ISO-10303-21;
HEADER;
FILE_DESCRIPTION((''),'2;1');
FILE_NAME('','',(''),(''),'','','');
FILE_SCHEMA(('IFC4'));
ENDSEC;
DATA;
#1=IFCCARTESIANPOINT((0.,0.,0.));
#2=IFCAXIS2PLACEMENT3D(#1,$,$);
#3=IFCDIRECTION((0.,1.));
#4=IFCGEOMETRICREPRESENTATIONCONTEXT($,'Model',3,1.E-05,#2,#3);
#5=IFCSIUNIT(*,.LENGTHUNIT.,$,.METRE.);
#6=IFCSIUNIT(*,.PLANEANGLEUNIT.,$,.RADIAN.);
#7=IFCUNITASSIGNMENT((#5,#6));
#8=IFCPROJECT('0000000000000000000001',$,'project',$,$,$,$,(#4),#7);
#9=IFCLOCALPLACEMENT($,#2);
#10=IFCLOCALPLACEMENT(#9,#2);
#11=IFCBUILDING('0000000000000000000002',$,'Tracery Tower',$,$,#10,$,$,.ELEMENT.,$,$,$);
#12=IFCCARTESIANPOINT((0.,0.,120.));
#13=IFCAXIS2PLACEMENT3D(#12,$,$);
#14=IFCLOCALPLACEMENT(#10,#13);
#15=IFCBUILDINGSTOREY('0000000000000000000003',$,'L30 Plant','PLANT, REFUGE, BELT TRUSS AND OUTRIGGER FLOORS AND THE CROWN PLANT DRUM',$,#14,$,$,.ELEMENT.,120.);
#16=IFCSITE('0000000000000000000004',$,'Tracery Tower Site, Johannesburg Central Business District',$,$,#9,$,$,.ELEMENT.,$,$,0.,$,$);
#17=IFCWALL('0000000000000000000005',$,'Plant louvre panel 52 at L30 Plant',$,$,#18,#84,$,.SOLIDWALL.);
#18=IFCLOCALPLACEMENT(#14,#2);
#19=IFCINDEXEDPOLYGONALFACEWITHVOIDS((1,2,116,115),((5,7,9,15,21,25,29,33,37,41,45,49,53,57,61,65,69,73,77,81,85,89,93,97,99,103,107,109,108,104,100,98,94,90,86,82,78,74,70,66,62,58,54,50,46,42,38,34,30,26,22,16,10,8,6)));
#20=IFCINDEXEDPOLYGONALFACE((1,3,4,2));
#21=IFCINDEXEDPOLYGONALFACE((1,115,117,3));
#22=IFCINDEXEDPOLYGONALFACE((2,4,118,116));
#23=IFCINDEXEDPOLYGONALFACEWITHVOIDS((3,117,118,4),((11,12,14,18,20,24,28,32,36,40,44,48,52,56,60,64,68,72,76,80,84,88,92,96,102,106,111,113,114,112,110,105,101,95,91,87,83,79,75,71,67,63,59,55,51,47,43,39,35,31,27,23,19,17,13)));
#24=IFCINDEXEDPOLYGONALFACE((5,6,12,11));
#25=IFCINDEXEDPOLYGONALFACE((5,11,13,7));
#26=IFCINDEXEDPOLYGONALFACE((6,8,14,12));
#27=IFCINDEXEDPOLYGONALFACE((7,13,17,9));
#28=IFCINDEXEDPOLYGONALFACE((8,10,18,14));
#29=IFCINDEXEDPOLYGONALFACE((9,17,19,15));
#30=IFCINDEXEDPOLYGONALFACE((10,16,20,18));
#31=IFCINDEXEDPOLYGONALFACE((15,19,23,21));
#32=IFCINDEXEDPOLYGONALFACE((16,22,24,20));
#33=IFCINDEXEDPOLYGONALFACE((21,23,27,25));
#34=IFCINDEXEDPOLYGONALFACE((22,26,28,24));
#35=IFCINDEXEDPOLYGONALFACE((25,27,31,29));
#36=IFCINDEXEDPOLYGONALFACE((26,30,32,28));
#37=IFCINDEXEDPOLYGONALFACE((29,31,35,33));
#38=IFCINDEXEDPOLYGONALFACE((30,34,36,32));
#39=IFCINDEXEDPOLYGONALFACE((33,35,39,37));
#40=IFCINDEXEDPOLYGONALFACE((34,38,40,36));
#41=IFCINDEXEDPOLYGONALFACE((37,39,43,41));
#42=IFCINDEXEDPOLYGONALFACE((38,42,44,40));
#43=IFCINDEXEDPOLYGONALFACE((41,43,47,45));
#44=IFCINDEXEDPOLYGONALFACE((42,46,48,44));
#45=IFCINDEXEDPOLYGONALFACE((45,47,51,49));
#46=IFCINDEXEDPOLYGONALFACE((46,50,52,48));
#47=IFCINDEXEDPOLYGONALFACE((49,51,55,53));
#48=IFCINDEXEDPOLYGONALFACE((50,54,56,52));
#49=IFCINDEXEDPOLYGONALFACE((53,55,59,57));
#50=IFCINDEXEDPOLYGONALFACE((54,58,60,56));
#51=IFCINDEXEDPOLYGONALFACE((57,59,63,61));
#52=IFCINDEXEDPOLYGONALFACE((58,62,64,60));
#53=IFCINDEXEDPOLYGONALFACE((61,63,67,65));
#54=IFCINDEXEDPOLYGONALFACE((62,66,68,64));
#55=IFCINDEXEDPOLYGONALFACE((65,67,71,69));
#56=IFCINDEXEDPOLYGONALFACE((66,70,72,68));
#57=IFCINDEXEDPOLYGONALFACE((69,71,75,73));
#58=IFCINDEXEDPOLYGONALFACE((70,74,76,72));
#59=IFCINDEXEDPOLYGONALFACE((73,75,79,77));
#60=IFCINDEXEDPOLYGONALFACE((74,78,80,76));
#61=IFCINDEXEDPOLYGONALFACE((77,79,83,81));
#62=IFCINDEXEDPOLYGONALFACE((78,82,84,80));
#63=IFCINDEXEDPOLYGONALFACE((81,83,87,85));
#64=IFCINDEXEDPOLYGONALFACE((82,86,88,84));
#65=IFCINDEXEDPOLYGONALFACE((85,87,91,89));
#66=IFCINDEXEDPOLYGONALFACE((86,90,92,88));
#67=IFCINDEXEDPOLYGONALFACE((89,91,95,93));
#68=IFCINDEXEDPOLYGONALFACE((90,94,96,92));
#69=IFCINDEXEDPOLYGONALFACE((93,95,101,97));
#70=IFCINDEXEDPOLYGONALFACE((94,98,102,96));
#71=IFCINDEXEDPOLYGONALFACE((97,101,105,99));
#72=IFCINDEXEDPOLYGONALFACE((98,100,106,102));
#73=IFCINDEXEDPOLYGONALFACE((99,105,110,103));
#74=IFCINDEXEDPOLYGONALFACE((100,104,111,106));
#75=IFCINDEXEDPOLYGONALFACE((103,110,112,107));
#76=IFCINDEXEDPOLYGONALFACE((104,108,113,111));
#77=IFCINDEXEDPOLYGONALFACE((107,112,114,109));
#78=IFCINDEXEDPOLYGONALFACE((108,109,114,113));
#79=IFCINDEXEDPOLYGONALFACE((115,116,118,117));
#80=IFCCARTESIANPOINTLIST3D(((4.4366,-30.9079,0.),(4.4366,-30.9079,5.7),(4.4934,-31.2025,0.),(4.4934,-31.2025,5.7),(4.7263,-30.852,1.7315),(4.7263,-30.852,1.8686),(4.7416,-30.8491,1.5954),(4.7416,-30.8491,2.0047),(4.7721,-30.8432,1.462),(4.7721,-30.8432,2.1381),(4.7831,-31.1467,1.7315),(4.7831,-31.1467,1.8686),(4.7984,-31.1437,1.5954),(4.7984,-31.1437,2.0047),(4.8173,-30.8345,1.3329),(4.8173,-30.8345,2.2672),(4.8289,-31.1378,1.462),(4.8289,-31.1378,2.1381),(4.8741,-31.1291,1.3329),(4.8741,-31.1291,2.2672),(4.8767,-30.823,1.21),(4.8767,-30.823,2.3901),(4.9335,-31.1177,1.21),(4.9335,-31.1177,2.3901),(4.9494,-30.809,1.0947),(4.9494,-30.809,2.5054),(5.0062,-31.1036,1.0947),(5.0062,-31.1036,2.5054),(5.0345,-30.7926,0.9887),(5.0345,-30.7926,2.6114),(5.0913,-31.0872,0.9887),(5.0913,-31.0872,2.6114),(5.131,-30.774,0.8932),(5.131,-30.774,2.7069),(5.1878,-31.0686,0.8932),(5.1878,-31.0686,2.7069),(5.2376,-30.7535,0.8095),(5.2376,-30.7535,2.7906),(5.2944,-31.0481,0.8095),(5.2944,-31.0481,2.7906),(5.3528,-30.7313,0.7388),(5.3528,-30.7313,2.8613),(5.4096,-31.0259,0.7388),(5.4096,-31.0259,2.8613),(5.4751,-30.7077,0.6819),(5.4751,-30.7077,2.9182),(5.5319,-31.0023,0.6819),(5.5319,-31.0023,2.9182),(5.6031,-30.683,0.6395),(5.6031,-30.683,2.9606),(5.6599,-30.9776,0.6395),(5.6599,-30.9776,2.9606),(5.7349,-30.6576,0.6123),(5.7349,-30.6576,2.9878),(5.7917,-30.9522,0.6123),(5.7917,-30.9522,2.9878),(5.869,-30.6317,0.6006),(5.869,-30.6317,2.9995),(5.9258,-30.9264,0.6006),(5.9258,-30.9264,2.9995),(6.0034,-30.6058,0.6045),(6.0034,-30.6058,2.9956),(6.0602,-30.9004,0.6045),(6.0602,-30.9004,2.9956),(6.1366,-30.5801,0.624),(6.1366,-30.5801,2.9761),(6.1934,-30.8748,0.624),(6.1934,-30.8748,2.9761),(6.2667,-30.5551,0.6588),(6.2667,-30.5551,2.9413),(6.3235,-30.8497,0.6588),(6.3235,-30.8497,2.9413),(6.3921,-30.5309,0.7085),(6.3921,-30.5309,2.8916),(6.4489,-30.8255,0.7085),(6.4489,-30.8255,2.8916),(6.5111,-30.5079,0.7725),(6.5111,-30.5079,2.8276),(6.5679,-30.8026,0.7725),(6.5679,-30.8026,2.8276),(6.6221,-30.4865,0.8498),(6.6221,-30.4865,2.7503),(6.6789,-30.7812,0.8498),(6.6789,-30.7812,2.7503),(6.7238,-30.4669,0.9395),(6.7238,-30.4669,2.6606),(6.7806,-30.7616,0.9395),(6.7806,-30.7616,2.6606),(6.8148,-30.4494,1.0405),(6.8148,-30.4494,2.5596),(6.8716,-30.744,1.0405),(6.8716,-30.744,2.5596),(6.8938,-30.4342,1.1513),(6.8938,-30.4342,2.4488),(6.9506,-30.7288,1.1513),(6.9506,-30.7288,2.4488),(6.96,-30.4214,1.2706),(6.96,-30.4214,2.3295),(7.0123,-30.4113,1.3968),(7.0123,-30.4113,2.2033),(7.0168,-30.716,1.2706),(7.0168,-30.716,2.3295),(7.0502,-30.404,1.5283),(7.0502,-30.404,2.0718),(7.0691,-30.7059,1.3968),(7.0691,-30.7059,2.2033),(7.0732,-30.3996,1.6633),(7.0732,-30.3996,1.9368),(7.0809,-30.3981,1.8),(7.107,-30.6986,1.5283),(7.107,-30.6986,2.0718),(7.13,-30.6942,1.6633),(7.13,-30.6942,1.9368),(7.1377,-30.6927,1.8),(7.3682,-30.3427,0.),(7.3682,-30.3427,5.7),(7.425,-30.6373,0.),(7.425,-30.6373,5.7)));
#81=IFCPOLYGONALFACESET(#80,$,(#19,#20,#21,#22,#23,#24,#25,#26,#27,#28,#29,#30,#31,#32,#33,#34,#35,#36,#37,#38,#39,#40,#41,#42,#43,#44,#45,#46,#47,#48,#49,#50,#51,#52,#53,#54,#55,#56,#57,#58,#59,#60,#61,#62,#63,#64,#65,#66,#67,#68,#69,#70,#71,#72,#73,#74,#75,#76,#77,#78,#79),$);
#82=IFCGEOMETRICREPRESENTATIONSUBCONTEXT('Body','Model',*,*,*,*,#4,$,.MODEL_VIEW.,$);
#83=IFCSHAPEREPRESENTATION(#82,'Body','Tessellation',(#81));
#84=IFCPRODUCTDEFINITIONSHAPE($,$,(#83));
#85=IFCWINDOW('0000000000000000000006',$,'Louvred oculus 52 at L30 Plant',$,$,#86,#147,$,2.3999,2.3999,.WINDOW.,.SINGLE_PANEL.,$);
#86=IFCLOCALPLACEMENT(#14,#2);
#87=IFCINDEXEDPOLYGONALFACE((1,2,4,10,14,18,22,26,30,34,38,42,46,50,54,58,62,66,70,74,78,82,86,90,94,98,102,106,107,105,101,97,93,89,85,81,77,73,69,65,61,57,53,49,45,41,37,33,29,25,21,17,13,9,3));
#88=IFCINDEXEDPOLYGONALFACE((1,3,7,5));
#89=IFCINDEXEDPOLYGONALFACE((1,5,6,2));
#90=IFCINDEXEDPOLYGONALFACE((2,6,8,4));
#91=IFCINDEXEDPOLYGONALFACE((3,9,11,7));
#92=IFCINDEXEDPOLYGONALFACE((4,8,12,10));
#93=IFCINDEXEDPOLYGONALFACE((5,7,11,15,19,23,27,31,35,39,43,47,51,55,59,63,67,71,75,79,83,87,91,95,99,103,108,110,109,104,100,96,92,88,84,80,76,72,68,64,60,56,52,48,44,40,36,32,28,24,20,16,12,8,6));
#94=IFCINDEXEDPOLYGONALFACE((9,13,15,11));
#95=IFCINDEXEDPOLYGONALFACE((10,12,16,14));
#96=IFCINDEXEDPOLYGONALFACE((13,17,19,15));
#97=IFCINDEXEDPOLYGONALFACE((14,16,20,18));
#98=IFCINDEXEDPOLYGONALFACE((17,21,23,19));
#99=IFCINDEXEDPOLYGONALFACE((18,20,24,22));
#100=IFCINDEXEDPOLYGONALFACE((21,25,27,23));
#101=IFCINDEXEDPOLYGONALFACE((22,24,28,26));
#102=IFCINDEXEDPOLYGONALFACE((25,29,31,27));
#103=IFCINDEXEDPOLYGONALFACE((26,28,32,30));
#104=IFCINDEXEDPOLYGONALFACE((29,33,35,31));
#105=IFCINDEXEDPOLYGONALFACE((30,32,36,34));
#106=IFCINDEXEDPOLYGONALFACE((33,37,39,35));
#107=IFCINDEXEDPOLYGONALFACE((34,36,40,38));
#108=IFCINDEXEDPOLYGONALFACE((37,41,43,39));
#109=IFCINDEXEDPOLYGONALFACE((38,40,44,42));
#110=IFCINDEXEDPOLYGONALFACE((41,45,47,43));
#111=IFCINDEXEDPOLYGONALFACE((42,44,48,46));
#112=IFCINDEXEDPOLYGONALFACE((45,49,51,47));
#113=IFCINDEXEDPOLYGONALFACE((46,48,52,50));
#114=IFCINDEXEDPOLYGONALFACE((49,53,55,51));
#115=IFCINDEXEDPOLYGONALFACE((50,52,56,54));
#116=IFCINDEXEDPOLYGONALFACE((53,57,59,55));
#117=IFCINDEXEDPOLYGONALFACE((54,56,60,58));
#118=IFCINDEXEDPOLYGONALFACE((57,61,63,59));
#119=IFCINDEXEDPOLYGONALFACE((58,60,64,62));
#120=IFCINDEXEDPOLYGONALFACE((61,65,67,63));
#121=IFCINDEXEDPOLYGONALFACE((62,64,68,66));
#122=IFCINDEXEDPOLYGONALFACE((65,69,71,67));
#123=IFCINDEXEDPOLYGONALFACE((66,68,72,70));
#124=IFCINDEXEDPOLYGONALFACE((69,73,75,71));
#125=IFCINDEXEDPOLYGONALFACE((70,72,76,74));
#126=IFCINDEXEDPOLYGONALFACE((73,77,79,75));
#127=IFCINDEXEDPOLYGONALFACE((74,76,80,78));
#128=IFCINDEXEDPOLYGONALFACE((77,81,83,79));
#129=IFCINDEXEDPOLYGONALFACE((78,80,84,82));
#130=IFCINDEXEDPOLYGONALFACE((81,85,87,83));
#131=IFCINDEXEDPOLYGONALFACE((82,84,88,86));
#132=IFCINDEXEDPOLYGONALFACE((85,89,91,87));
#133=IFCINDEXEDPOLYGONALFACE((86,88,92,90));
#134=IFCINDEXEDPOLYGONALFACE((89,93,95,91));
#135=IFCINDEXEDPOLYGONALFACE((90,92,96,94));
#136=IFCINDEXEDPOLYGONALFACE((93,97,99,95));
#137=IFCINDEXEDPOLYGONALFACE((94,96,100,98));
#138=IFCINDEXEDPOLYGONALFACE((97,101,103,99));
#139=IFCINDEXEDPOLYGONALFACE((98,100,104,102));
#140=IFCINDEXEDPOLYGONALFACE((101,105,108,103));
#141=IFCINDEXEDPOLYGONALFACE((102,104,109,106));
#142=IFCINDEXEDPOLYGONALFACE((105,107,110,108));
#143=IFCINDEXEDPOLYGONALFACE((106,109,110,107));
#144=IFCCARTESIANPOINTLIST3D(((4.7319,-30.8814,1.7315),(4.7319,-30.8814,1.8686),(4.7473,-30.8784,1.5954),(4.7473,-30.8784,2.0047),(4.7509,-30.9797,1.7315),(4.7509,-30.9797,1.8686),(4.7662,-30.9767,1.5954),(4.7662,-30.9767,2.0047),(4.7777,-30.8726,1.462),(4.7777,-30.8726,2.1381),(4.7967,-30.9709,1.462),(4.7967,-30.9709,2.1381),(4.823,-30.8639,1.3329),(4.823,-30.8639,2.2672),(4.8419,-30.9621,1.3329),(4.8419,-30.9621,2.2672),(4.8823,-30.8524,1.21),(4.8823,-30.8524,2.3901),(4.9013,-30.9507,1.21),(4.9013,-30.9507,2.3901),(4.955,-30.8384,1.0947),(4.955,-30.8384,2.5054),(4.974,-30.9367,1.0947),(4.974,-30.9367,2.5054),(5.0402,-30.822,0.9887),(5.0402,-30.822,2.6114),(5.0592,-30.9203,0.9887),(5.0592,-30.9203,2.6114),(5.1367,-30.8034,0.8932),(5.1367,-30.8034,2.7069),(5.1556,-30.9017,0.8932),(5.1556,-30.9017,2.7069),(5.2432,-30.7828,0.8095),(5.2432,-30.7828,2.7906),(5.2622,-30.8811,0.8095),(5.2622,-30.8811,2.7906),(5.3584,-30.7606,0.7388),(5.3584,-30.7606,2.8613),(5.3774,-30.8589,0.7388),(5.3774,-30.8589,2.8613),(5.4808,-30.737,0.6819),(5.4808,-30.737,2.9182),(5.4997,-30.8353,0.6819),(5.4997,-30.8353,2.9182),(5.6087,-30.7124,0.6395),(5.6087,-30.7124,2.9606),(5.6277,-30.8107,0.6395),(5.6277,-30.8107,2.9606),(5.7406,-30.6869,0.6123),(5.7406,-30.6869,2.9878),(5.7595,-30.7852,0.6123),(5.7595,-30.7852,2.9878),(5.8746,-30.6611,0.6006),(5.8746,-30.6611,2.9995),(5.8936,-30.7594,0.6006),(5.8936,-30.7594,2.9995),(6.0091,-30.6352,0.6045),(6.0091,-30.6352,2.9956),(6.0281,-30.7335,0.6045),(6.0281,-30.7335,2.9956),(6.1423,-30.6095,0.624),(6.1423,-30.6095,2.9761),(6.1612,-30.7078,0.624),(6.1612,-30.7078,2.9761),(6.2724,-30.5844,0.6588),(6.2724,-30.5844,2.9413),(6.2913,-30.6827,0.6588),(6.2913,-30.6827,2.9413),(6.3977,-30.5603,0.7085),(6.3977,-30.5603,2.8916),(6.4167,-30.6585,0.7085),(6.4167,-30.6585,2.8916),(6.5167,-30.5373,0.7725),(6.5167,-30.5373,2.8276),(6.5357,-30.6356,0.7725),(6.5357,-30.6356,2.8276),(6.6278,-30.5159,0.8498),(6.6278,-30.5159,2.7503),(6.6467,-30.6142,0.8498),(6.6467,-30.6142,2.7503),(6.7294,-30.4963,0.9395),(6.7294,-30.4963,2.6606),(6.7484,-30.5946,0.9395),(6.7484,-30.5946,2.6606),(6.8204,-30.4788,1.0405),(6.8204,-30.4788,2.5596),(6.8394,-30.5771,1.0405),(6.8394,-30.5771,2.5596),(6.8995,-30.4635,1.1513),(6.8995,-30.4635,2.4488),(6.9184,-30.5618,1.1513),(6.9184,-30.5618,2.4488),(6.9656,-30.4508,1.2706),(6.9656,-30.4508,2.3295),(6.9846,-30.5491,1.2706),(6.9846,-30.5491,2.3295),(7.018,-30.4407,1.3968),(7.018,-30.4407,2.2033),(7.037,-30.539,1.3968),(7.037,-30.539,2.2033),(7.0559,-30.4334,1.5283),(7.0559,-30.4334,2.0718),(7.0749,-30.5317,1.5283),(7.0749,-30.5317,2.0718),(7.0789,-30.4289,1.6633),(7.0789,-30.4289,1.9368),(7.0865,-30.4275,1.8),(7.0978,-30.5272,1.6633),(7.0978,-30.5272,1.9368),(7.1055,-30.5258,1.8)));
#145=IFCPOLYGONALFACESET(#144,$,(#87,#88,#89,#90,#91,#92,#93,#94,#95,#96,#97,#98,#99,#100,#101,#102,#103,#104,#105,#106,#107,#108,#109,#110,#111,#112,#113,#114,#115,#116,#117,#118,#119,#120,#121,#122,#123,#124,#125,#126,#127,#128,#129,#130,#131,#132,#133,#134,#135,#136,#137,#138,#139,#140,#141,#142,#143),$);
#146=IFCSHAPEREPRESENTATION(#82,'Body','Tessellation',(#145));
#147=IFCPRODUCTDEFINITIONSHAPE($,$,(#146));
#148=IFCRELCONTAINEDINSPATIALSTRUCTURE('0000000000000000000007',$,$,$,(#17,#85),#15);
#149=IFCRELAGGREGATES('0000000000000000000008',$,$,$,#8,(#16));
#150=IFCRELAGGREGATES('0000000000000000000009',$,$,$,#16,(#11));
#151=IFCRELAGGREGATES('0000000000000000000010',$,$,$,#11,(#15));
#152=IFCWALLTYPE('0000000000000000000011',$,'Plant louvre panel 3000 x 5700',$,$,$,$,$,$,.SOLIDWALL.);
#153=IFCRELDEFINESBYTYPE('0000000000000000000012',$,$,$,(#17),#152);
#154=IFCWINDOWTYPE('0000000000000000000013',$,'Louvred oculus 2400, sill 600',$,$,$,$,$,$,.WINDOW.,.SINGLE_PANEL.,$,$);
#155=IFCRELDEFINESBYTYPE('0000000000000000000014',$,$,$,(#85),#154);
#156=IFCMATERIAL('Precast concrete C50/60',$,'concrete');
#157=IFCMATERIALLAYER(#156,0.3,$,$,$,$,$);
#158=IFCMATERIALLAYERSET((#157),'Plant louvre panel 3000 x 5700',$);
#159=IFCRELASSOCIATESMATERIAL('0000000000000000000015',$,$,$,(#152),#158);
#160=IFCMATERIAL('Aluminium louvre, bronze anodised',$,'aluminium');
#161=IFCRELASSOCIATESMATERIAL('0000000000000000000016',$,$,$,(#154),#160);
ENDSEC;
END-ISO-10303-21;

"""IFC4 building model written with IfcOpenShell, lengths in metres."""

from ifc_helpers import new_model, si_unit, direction, frame, frame_2d, origin, origin_2d, place, context, subcontext, project, spatial, rectangle, circle, extrude, material, layer, layer_set, type_object, element, fill, save


model = new_model("IFC4")

# Units and contexts
model_context = context("Model", 3, precision=1e-05, world=origin(), true_north=direction((0.0, 1.0)))
body_context = subcontext(model_context, "Body", "Model", "MODEL_VIEW")
ifc_project = project(units=[si_unit("LENGTHUNIT", "METRE"), si_unit("PLANEANGLEUNIT", "RADIAN")], contexts=[model_context])

# Site, building, storey
site_placement = place(None, origin())
site = spatial("IfcSite", under=ifc_project, at=site_placement, Name="Tracery Tower Site, Johannesburg Central Business District", CompositionType="ELEMENT", RefElevation=0.0)
building_placement = place(site_placement, origin())
building = spatial("IfcBuilding", under=site, at=building_placement, Name="Tracery Tower", CompositionType="ELEMENT")
storey_placement = place(building_placement, frame((0.0, 0.0, 120.0)))
storey = spatial("IfcBuildingStorey", under=building, at=storey_placement, Name="L30 Plant", Description="PLANT, REFUGE, BELT TRUSS AND OUTRIGGER FLOORS AND THE CROWN PLANT DRUM", CompositionType="ELEMENT", Elevation=120.0)

# Wall, opening, window
ifc_material_1 = material(Name="Precast concrete C50/60", Category="concrete")
ifc_layer_1 = layer(ifc_material_1, 0.3)
ifc_layer_set_1 = layer_set([ifc_layer_1], Name="Plant louvre panel 3000 x 5700")
wall_type_1 = type_object("IfcWallType", Name="Plant louvre panel 3000 x 5700", PredefinedType="SOLIDWALL", material=ifc_layer_set_1)
ifc_material_2 = material(Name="Aluminium louvre, bronze anodised", Category="aluminium")
window_type = type_object("IfcWindowType", Name="Louvred oculus 2400, sill 600", PartitioningType="SINGLE_PANEL", PredefinedType="WINDOW", material=ifc_material_2)
wall_1_placement = place(storey_placement, frame((4.4651, -31.0552, 0.0), z_axis=(0.0, 0.0, 1.0), x_axis=(0.981919, 0.189302, 0.0)))
wall_1 = element("IfcWall", 1, at=wall_1_placement, inside=storey, type_object=wall_type_1, Name="Plant louvre panel 52 at L30 Plant", PredefinedType="SOLIDWALL", context=body_context, shape_type="SweptSolid", body=[
    extrude(rectangle(XDim=2.9856, YDim=0.3, at=frame_2d((1.4927, 0.0))), origin(), (0.0, 0.0, 1.0), 5.7),
])
opening_1_placement = place(wall_1_placement, frame((1.4929, 0.0, 1.8)))
opening_1 = element("IfcOpeningElement", 2, at=opening_1_placement, cuts=wall_1, PredefinedType="OPENING", context=body_context, shape_type="SweptSolid", body=[
    extrude(circle(Radius=1.2, at=origin_2d()), frame((0.0, 0.1599, 0.0), z_axis=(0.0, -1.0, 0.0), x_axis=(1.0, 0.0, 0.0)), (0.0, 0.0, 1.0), 0.3201),
])
window_1_placement = place(opening_1_placement, origin())
window_1 = element("IfcWindow", 3, at=window_1_placement, inside=storey, type_object=window_type, Name="Louvred oculus 52 at L30 Plant", OverallHeight=2.3999, OverallWidth=2.3999, PartitioningType="SINGLE_PANEL", PredefinedType="WINDOW", context=body_context, shape_type="SweptSolid", body=[
    extrude(circle(Radius=1.2, at=origin_2d()), frame((0.0, 0.1201, 0.0), z_axis=(0.0, -1.0, 0.0), x_axis=(1.0, 0.0, 0.0)), (0.0, 0.0, 1.0), 0.1001),
])
fill(opening_1, window_1)

save(model, "model.ifc")
